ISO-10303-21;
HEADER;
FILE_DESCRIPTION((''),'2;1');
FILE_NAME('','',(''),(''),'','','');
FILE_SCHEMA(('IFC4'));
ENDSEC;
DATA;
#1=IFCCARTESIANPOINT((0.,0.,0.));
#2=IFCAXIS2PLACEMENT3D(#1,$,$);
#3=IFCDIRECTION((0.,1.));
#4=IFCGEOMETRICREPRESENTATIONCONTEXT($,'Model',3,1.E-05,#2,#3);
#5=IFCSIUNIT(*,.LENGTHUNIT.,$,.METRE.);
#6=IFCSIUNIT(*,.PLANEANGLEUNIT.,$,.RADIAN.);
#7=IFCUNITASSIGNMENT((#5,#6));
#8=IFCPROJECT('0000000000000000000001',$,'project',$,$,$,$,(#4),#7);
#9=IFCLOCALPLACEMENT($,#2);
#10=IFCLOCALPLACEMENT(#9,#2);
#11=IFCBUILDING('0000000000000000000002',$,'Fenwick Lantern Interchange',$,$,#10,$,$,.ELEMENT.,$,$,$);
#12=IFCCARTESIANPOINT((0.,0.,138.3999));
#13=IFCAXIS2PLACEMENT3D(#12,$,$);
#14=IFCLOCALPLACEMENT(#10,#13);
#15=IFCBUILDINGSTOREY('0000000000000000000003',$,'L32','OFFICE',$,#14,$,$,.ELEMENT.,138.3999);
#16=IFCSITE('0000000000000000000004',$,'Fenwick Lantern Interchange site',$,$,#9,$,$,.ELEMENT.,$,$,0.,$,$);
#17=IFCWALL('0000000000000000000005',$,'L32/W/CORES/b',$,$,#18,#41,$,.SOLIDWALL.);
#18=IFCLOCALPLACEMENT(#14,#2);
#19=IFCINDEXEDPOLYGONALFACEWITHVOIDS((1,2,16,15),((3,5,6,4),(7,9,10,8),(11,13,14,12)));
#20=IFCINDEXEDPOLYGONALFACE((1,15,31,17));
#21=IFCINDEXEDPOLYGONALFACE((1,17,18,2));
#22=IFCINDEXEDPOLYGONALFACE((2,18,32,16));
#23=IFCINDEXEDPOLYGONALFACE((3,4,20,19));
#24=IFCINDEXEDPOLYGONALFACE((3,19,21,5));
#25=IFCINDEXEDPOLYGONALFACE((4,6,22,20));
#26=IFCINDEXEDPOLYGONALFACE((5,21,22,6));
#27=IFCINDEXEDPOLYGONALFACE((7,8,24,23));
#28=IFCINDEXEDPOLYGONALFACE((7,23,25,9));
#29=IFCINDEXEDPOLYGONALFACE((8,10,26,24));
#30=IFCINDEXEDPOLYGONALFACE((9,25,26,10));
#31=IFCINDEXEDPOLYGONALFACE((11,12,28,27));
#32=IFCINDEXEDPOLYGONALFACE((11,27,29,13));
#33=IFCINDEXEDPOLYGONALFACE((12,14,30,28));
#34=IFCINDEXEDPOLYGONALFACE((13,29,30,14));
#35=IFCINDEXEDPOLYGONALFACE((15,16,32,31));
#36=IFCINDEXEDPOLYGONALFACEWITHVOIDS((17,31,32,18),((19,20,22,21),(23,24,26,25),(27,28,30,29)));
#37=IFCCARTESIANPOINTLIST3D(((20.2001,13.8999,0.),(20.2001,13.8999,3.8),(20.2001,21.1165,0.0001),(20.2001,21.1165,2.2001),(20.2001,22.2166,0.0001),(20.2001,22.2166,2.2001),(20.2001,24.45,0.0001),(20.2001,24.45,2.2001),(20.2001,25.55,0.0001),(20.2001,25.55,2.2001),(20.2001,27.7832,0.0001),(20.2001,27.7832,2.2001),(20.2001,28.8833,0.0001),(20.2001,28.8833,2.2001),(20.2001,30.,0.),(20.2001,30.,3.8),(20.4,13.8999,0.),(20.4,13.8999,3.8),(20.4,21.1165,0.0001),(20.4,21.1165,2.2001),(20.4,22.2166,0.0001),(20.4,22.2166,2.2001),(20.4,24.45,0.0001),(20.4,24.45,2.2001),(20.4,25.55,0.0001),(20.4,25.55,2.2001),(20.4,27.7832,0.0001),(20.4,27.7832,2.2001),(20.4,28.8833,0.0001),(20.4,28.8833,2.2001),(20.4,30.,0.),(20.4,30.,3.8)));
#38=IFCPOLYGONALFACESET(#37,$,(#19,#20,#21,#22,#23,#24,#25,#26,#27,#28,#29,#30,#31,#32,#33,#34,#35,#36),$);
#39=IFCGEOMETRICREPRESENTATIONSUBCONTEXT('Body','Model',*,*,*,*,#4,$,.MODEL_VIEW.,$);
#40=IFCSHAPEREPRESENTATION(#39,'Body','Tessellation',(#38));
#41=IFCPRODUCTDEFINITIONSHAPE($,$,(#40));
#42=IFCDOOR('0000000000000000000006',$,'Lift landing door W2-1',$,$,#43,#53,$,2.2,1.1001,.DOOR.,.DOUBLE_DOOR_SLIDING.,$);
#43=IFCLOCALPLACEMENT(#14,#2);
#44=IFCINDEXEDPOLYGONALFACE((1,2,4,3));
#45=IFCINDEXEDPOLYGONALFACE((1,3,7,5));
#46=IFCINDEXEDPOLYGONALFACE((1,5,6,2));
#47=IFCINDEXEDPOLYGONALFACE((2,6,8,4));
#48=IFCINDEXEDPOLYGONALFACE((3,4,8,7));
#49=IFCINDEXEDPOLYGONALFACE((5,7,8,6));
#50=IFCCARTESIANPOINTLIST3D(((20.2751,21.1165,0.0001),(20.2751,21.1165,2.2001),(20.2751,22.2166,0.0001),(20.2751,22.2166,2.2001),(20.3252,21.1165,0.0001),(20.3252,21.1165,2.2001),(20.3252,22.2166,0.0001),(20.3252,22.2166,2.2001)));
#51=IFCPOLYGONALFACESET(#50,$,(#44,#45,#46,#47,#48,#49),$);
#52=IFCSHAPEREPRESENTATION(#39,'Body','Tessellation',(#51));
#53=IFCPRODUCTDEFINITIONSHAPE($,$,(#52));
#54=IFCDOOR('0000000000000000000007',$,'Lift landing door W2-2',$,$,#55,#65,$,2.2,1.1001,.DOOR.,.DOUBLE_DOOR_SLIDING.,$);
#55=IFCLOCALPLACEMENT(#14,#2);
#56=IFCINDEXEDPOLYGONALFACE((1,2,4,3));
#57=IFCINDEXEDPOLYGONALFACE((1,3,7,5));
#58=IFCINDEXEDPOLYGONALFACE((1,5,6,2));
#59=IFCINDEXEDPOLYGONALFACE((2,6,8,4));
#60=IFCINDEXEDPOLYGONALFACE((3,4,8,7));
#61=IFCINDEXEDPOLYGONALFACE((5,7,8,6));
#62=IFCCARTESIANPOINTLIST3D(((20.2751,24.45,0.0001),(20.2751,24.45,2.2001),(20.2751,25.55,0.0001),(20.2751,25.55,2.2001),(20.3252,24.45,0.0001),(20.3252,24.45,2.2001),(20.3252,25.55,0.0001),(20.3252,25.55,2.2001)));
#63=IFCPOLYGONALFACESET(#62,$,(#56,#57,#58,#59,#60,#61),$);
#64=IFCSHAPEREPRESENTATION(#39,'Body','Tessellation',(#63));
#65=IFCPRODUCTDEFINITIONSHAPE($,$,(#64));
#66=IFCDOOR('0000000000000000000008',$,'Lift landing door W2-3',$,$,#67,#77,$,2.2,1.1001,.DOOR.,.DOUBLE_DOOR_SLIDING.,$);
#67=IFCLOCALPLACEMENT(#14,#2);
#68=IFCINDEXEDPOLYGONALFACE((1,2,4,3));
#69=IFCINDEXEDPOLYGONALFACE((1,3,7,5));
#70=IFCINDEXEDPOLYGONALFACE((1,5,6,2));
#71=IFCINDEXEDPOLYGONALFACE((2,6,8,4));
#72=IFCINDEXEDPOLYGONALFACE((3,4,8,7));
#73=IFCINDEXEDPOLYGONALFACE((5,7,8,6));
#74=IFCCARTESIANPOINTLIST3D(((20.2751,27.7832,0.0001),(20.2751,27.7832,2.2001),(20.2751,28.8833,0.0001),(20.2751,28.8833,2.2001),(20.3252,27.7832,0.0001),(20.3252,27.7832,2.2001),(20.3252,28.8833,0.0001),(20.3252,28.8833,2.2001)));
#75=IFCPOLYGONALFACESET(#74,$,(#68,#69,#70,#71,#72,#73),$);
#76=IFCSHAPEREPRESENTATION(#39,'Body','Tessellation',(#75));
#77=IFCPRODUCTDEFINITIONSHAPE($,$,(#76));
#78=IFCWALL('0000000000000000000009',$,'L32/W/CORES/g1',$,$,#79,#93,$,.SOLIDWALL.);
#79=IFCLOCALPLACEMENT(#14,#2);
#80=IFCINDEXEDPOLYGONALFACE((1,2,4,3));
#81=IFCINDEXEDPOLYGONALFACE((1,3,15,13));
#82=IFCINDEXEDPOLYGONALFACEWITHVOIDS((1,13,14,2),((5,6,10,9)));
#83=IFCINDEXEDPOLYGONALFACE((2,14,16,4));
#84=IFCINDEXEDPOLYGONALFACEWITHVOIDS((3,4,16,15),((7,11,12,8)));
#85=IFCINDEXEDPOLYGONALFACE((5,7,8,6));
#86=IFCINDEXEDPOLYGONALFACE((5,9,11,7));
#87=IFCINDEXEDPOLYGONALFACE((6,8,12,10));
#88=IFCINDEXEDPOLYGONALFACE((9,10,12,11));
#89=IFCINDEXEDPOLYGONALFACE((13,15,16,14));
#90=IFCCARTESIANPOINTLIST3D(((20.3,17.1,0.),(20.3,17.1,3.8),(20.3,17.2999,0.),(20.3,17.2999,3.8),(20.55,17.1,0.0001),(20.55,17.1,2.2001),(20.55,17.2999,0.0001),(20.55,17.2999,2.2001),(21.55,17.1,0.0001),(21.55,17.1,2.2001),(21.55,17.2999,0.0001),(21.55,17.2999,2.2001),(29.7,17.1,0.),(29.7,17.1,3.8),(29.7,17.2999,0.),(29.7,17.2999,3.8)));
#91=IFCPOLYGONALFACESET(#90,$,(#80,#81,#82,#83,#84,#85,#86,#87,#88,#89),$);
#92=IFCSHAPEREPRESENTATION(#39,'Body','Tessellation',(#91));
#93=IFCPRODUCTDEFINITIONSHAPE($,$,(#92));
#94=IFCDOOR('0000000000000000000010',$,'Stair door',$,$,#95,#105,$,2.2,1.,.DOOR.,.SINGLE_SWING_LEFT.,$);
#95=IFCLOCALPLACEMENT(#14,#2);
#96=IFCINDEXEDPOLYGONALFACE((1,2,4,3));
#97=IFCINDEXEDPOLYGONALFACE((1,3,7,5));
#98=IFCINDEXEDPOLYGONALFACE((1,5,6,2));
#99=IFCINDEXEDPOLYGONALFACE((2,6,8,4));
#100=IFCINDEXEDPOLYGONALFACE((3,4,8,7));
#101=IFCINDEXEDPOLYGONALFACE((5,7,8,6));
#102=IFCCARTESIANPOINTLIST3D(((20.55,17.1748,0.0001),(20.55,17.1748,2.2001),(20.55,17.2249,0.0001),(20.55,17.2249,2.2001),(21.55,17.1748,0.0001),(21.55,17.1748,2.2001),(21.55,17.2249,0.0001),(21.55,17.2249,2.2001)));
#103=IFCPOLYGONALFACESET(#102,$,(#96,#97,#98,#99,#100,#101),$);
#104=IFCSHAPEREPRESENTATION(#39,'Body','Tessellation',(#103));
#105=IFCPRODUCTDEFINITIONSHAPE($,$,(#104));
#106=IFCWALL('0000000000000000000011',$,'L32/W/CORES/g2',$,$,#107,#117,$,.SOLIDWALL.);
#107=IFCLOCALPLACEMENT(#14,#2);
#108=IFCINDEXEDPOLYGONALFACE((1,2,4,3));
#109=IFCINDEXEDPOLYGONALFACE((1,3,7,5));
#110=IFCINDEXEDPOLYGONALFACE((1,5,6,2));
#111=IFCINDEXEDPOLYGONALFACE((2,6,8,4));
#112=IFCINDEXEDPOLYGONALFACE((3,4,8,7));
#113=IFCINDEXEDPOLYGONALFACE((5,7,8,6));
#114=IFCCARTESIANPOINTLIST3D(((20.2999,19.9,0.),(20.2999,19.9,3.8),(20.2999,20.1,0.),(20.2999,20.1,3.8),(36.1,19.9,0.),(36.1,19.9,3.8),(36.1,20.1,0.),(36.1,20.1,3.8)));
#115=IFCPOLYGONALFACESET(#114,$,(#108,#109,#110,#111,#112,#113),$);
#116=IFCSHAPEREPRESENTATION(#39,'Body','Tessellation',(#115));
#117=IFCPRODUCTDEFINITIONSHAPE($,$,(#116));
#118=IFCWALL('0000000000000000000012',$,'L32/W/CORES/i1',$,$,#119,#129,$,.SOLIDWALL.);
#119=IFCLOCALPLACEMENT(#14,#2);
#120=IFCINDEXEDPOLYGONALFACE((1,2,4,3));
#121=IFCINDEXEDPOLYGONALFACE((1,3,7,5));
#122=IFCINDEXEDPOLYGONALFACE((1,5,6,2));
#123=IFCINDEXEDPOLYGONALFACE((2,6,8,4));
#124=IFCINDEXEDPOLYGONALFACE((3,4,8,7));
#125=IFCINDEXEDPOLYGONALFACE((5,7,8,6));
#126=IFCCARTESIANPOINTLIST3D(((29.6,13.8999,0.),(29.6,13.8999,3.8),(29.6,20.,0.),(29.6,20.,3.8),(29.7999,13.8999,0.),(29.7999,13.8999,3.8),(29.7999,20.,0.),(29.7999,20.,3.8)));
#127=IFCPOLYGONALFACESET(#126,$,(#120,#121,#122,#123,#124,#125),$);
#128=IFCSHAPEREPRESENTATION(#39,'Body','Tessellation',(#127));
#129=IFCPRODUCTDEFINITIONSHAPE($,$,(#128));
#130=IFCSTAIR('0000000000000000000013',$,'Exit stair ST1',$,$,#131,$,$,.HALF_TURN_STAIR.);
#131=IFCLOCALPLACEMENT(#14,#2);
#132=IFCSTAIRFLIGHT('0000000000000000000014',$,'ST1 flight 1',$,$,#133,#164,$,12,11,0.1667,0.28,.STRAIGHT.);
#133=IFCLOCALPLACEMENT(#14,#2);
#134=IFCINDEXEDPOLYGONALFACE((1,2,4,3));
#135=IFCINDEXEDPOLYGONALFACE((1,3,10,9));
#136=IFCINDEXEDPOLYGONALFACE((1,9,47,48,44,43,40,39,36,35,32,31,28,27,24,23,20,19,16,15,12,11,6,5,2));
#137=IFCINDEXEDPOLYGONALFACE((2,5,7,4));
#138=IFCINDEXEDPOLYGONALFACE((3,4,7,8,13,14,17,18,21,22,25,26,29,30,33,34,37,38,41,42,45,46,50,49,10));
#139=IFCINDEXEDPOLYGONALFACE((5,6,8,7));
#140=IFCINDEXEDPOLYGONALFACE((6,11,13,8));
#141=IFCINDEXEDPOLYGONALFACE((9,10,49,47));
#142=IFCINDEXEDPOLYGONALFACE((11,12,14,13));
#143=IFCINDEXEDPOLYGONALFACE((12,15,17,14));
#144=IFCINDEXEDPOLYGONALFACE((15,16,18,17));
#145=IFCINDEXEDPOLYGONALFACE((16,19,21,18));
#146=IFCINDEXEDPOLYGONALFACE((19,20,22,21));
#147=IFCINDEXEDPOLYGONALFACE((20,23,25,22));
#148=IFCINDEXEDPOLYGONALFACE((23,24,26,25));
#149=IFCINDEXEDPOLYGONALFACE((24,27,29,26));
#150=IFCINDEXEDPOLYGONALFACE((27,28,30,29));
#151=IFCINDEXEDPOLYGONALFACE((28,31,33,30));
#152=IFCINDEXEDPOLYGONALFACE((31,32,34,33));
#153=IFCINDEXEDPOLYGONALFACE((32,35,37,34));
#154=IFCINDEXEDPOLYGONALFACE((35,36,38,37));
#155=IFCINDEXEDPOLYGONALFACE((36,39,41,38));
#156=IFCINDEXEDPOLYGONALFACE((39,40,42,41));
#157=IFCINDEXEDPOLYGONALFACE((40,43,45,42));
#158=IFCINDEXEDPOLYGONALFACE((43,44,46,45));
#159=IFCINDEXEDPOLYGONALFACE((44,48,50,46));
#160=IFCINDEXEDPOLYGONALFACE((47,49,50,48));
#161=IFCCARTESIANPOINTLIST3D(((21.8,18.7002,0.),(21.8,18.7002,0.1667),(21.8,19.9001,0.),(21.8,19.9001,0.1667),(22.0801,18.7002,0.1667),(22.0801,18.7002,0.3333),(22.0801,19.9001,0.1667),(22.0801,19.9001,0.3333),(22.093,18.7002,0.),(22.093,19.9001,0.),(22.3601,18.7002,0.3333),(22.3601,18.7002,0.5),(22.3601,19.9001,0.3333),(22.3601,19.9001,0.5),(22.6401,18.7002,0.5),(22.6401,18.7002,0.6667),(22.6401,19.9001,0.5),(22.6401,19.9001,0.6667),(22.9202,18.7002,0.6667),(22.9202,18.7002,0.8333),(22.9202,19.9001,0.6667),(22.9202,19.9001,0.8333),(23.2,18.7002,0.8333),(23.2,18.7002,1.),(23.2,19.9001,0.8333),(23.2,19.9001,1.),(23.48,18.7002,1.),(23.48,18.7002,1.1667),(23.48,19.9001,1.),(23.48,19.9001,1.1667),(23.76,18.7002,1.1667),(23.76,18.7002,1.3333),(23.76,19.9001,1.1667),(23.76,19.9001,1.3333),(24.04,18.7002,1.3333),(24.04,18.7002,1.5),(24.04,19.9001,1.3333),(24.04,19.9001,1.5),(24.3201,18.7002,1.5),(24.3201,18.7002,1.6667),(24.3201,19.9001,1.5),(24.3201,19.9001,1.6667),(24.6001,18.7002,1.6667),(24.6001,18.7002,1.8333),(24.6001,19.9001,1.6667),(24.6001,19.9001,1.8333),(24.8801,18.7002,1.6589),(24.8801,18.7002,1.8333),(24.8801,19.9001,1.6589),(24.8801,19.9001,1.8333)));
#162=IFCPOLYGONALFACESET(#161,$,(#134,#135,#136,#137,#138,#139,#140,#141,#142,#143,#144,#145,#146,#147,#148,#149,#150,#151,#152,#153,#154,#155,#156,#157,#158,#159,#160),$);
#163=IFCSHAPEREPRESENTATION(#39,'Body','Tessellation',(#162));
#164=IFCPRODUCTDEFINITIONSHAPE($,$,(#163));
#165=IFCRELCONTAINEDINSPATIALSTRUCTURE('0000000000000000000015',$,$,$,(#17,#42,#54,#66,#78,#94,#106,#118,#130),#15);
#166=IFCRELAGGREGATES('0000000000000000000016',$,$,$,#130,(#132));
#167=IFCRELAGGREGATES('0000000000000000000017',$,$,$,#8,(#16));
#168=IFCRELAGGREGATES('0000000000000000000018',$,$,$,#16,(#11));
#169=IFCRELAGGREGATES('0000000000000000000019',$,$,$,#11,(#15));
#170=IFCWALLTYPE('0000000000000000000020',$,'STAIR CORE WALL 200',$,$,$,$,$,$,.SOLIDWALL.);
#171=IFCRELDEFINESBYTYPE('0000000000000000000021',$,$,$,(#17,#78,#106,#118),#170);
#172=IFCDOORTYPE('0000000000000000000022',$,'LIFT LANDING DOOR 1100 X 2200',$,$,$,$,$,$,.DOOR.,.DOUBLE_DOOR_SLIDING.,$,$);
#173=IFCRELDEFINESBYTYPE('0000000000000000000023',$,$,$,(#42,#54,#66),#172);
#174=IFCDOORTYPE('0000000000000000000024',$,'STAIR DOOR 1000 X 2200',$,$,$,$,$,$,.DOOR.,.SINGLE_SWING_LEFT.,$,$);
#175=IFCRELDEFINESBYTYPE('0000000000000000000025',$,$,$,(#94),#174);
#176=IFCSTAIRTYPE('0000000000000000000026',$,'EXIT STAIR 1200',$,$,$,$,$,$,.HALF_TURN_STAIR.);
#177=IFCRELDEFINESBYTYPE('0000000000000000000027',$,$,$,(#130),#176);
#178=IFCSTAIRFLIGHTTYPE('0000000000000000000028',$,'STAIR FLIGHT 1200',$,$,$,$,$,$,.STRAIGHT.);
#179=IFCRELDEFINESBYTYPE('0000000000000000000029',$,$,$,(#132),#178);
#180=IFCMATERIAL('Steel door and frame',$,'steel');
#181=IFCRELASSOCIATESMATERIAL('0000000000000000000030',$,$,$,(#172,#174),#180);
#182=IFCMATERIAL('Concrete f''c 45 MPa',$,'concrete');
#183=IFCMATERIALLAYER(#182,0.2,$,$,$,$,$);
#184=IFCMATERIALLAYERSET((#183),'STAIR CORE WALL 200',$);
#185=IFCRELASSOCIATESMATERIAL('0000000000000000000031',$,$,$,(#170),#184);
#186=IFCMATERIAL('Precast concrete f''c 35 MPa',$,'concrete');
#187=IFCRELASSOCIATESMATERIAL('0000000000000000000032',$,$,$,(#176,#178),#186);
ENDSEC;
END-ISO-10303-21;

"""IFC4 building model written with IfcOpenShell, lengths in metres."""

from ifc_helpers import new_model, si_unit, direction, frame, frame_2d, origin, place, context, subcontext, project, spatial, polyline, rectangle, outline, extrude, material, layer, layer_set, type_object, element, fill, aggregate, save


model = new_model("IFC4")

# Units and contexts
model_context = context("Model", 3, precision=1e-05, world=origin(), true_north=direction((0.0, 1.0)))
body_context = subcontext(model_context, "Body", "Model", "MODEL_VIEW")
ifc_project = project(units=[si_unit("LENGTHUNIT", "METRE"), si_unit("PLANEANGLEUNIT", "RADIAN")], contexts=[model_context])

# Site, building, storey
site_placement = place(None, origin())
site = spatial("IfcSite", under=ifc_project, at=site_placement, Name="Fenwick Lantern Interchange site", CompositionType="ELEMENT", RefElevation=0.0)
building_placement = place(site_placement, origin())
building = spatial("IfcBuilding", under=site, at=building_placement, Name="Fenwick Lantern Interchange", CompositionType="ELEMENT")
storey_placement = place(building_placement, frame((0.0, 0.0, 138.3999)))
storey = spatial("IfcBuildingStorey", under=building, at=storey_placement, Name="L32", Description="OFFICE", CompositionType="ELEMENT", Elevation=138.3999)

# Shared definitions
ifc_material_1 = material(Name="Steel door and frame", Category="steel")
door_type_1 = type_object("IfcDoorType", Name="LIFT LANDING DOOR 1100 X 2200", OperationType="DOUBLE_DOOR_SLIDING", PredefinedType="DOOR", material=ifc_material_1)

# Wall, openings, doors
ifc_material_2 = material(Name="Concrete f'c 45 MPa", Category="concrete")
ifc_layer_1 = layer(ifc_material_2, 0.2)
ifc_layer_set_1 = layer_set([ifc_layer_1], Name="STAIR CORE WALL 200")
wall_type_1 = type_object("IfcWallType", Name="STAIR CORE WALL 200", PredefinedType="SOLIDWALL", material=ifc_layer_set_1)
wall_1_placement = place(storey_placement, frame((20.3, 13.8999, 0.0), z_axis=(0.0, 0.0, 1.0), x_axis=(0.0, 1.0, 0.0)))
wall_1 = element("IfcWall", 1, at=wall_1_placement, inside=storey, type_object=wall_type_1, Name="L32/W/CORES/b", PredefinedType="SOLIDWALL", context=body_context, shape_type="SweptSolid", body=[
    extrude(rectangle(XDim=16.1001, YDim=0.2, at=frame_2d((8.05, 0.0))), origin(), (0.0, 0.0, 1.0), 3.8),
])
opening_1_placement = place(wall_1_placement, frame((7.2166, 0.0, 0.0)))
opening_1 = element("IfcOpeningElement", 2, at=opening_1_placement, cuts=wall_1, PredefinedType="OPENING", context=body_context, shape_type="SweptSolid", body=[
    extrude(rectangle(XDim=1.1001, YDim=2.2, at=frame_2d((0.55, 1.1001))), frame((0.0, 0.1099, 0.0), z_axis=(0.0, -1.0, 0.0), x_axis=(1.0, 0.0, 0.0)), (0.0, 0.0, 1.0), 0.22),
])
opening_2_placement = place(wall_1_placement, frame((10.55, 0.0, 0.0)))
opening_2 = element("IfcOpeningElement", 3, at=opening_2_placement, cuts=wall_1, PredefinedType="OPENING", context=body_context, shape_type="SweptSolid", body=[
    extrude(rectangle(XDim=1.1001, YDim=2.2, at=frame_2d((0.55, 1.1001))), frame((0.0, 0.1099, 0.0), z_axis=(0.0, -1.0, 0.0), x_axis=(1.0, 0.0, 0.0)), (0.0, 0.0, 1.0), 0.22),
])
opening_3_placement = place(wall_1_placement, frame((13.8833, 0.0, 0.0)))
opening_3 = element("IfcOpeningElement", 4, at=opening_3_placement, cuts=wall_1, PredefinedType="OPENING", context=body_context, shape_type="SweptSolid", body=[
    extrude(rectangle(XDim=1.1001, YDim=2.2, at=frame_2d((0.55, 1.1001))), frame((0.0, 0.1099, 0.0), z_axis=(0.0, -1.0, 0.0), x_axis=(1.0, 0.0, 0.0)), (0.0, 0.0, 1.0), 0.22),
])
door_1_placement = place(opening_1_placement, origin())
door_1 = element("IfcDoor", 5, at=door_1_placement, inside=storey, type_object=door_type_1, Name="Lift landing door W2-1", OperationType="DOUBLE_DOOR_SLIDING", OverallHeight=2.2, OverallWidth=1.1001, PredefinedType="DOOR", context=body_context, shape_type="SweptSolid", body=[
    extrude(rectangle(XDim=1.1001, YDim=2.2, at=frame_2d((0.55, 1.1001))), frame((0.0, 0.0249, 0.0), z_axis=(0.0, -1.0, 0.0), x_axis=(1.0, 0.0, 0.0)), (0.0, 0.0, 1.0), 0.05),
])
fill(opening_1, door_1)
door_2_placement = place(opening_2_placement, origin())
door_2 = element("IfcDoor", 6, at=door_2_placement, inside=storey, type_object=door_type_1, Name="Lift landing door W2-2", OperationType="DOUBLE_DOOR_SLIDING", OverallHeight=2.2, OverallWidth=1.1001, PredefinedType="DOOR", context=body_context, shape_type="SweptSolid", body=[
    extrude(rectangle(XDim=1.1001, YDim=2.2, at=frame_2d((0.55, 1.1001))), frame((0.0, 0.0249, 0.0), z_axis=(0.0, -1.0, 0.0), x_axis=(1.0, 0.0, 0.0)), (0.0, 0.0, 1.0), 0.05),
])
fill(opening_2, door_2)
door_3_placement = place(opening_3_placement, origin())
door_3 = element("IfcDoor", 7, at=door_3_placement, inside=storey, type_object=door_type_1, Name="Lift landing door W2-3", OperationType="DOUBLE_DOOR_SLIDING", OverallHeight=2.2, OverallWidth=1.1001, PredefinedType="DOOR", context=body_context, shape_type="SweptSolid", body=[
    extrude(rectangle(XDim=1.1001, YDim=2.2, at=frame_2d((0.55, 1.1001))), frame((0.0, 0.0249, 0.0), z_axis=(0.0, -1.0, 0.0), x_axis=(1.0, 0.0, 0.0)), (0.0, 0.0, 1.0), 0.05),
])
fill(opening_3, door_3)

# Wall, opening, door
wall_2_placement = place(storey_placement, frame((20.3, 17.2, 0.0), z_axis=(0.0, 0.0, 1.0), x_axis=(1.0, 0.0, 0.0)))
wall_2 = element("IfcWall", 8, at=wall_2_placement, inside=storey, type_object=wall_type_1, Name="L32/W/CORES/g1", PredefinedType="SOLIDWALL", context=body_context, shape_type="SweptSolid", body=[
    extrude(rectangle(XDim=9.3999, YDim=0.2, at=frame_2d((4.7, 0.0))), origin(), (0.0, 0.0, 1.0), 3.8),
])
opening_4_placement = place(wall_2_placement, frame((0.25, 0.0, 0.0)))
opening_4 = element("IfcOpeningElement", 9, at=opening_4_placement, cuts=wall_2, PredefinedType="OPENING", context=body_context, shape_type="SweptSolid", body=[
    extrude(rectangle(XDim=1.0, YDim=2.2, at=frame_2d((0.5, 1.1001))), frame((0.0, 0.1099, 0.0), z_axis=(0.0, -1.0, 0.0), x_axis=(1.0, 0.0, 0.0)), (0.0, 0.0, 1.0), 0.22),
])
door_type_2 = type_object("IfcDoorType", Name="STAIR DOOR 1000 X 2200", OperationType="SINGLE_SWING_LEFT", PredefinedType="DOOR", material=ifc_material_1)
door_4_placement = place(opening_4_placement, origin())
door_4 = element("IfcDoor", 10, at=door_4_placement, inside=storey, type_object=door_type_2, Name="Stair door", OperationType="SINGLE_SWING_LEFT", OverallHeight=2.2, OverallWidth=1.0, PredefinedType="DOOR", context=body_context, shape_type="SweptSolid", body=[
    extrude(rectangle(XDim=1.0, YDim=2.2, at=frame_2d((0.5, 1.1001))), frame((0.0, 0.0249, 0.0), z_axis=(0.0, -1.0, 0.0), x_axis=(1.0, 0.0, 0.0)), (0.0, 0.0, 1.0), 0.05),
])
fill(opening_4, door_4)

# Walls
wall_3_placement = place(storey_placement, frame((20.3, 20.0, 0.0), z_axis=(0.0, 0.0, 1.0), x_axis=(1.0, 0.0, 0.0)))
element("IfcWall", 11, at=wall_3_placement, inside=storey, type_object=wall_type_1, Name="L32/W/CORES/g2", PredefinedType="SOLIDWALL", context=body_context, shape_type="SweptSolid", body=[
    extrude(rectangle(XDim=15.8, YDim=0.2, at=frame_2d((7.8999, 0.0))), origin(), (0.0, 0.0, 1.0), 3.8),
])
wall_4_placement = place(storey_placement, frame((29.7, 13.8999, 0.0), z_axis=(0.0, 0.0, 1.0), x_axis=(0.0, 1.0, 0.0)))
element("IfcWall", 12, at=wall_4_placement, inside=storey, type_object=wall_type_1, Name="L32/W/CORES/i1", PredefinedType="SOLIDWALL", context=body_context, shape_type="SweptSolid", body=[
    extrude(rectangle(XDim=6.1001, YDim=0.2, at=frame_2d((3.05, 0.0))), origin(), (0.0, 0.0, 1.0), 3.8),
])

# Stair, stair flight
ifc_material_3 = material(Name="Precast concrete f'c 35 MPa", Category="concrete")
stair_type = type_object("IfcStairType", Name="EXIT STAIR 1200", PredefinedType="HALF_TURN_STAIR", material=ifc_material_3)
stair_placement = place(storey_placement, origin())
stair = element("IfcStair", 13, at=stair_placement, inside=storey, type_object=stair_type, Name="Exit stair ST1", PredefinedType="HALF_TURN_STAIR")
stair_flight_type = type_object("IfcStairFlightType", Name="STAIR FLIGHT 1200", PredefinedType="STRAIGHT", material=ifc_material_3)
stair_flight_1_placement = place(storey_placement, frame((21.8, 19.3, 0.0), z_axis=(0.0, 0.0, 1.0), x_axis=(1.0, 0.0, 0.0)))
stair_flight_1 = element("IfcStairFlight", 14, at=stair_flight_1_placement, type_object=stair_flight_type, Name="ST1 flight 1", NumberOfRisers=12, NumberOfTreads=11, PredefinedType="STRAIGHT", RiserHeight=0.1667, TreadLength=0.28, context=body_context, shape_type="SweptSolid", body=[
    extrude(outline(polyline([(0.0, 0.0), (0.0, 0.1667), (0.28, 0.1667), (0.28, 0.3333), (0.5601, 0.3333), (0.5601, 0.5), (0.8401, 0.5), (0.8401, 0.6667), (1.1201, 0.6667), (1.1201, 0.8333), (1.3999, 0.8333), (1.3999, 1.0), (1.6799, 1.0), (1.6799, 1.1667), (1.96, 1.1667), (1.96, 1.3333), (2.24, 1.3333), (2.24, 1.5), (2.52, 1.5), (2.52, 1.6667), (2.8, 1.6667), (2.8, 1.8333), (3.0801, 1.8333), (3.0801, 2.0), (3.0801, 1.6589), (0.293, 0.0), (0.0, 0.0)])), frame((0.0, 0.6001, 0.0), z_axis=(0.0, -1.0, 0.0), x_axis=(1.0, 0.0, 0.0)), (0.0, 0.0, 1.0), 1.2),
])
aggregate(stair, [stair_flight_1])

save(model, "model.ifc")
